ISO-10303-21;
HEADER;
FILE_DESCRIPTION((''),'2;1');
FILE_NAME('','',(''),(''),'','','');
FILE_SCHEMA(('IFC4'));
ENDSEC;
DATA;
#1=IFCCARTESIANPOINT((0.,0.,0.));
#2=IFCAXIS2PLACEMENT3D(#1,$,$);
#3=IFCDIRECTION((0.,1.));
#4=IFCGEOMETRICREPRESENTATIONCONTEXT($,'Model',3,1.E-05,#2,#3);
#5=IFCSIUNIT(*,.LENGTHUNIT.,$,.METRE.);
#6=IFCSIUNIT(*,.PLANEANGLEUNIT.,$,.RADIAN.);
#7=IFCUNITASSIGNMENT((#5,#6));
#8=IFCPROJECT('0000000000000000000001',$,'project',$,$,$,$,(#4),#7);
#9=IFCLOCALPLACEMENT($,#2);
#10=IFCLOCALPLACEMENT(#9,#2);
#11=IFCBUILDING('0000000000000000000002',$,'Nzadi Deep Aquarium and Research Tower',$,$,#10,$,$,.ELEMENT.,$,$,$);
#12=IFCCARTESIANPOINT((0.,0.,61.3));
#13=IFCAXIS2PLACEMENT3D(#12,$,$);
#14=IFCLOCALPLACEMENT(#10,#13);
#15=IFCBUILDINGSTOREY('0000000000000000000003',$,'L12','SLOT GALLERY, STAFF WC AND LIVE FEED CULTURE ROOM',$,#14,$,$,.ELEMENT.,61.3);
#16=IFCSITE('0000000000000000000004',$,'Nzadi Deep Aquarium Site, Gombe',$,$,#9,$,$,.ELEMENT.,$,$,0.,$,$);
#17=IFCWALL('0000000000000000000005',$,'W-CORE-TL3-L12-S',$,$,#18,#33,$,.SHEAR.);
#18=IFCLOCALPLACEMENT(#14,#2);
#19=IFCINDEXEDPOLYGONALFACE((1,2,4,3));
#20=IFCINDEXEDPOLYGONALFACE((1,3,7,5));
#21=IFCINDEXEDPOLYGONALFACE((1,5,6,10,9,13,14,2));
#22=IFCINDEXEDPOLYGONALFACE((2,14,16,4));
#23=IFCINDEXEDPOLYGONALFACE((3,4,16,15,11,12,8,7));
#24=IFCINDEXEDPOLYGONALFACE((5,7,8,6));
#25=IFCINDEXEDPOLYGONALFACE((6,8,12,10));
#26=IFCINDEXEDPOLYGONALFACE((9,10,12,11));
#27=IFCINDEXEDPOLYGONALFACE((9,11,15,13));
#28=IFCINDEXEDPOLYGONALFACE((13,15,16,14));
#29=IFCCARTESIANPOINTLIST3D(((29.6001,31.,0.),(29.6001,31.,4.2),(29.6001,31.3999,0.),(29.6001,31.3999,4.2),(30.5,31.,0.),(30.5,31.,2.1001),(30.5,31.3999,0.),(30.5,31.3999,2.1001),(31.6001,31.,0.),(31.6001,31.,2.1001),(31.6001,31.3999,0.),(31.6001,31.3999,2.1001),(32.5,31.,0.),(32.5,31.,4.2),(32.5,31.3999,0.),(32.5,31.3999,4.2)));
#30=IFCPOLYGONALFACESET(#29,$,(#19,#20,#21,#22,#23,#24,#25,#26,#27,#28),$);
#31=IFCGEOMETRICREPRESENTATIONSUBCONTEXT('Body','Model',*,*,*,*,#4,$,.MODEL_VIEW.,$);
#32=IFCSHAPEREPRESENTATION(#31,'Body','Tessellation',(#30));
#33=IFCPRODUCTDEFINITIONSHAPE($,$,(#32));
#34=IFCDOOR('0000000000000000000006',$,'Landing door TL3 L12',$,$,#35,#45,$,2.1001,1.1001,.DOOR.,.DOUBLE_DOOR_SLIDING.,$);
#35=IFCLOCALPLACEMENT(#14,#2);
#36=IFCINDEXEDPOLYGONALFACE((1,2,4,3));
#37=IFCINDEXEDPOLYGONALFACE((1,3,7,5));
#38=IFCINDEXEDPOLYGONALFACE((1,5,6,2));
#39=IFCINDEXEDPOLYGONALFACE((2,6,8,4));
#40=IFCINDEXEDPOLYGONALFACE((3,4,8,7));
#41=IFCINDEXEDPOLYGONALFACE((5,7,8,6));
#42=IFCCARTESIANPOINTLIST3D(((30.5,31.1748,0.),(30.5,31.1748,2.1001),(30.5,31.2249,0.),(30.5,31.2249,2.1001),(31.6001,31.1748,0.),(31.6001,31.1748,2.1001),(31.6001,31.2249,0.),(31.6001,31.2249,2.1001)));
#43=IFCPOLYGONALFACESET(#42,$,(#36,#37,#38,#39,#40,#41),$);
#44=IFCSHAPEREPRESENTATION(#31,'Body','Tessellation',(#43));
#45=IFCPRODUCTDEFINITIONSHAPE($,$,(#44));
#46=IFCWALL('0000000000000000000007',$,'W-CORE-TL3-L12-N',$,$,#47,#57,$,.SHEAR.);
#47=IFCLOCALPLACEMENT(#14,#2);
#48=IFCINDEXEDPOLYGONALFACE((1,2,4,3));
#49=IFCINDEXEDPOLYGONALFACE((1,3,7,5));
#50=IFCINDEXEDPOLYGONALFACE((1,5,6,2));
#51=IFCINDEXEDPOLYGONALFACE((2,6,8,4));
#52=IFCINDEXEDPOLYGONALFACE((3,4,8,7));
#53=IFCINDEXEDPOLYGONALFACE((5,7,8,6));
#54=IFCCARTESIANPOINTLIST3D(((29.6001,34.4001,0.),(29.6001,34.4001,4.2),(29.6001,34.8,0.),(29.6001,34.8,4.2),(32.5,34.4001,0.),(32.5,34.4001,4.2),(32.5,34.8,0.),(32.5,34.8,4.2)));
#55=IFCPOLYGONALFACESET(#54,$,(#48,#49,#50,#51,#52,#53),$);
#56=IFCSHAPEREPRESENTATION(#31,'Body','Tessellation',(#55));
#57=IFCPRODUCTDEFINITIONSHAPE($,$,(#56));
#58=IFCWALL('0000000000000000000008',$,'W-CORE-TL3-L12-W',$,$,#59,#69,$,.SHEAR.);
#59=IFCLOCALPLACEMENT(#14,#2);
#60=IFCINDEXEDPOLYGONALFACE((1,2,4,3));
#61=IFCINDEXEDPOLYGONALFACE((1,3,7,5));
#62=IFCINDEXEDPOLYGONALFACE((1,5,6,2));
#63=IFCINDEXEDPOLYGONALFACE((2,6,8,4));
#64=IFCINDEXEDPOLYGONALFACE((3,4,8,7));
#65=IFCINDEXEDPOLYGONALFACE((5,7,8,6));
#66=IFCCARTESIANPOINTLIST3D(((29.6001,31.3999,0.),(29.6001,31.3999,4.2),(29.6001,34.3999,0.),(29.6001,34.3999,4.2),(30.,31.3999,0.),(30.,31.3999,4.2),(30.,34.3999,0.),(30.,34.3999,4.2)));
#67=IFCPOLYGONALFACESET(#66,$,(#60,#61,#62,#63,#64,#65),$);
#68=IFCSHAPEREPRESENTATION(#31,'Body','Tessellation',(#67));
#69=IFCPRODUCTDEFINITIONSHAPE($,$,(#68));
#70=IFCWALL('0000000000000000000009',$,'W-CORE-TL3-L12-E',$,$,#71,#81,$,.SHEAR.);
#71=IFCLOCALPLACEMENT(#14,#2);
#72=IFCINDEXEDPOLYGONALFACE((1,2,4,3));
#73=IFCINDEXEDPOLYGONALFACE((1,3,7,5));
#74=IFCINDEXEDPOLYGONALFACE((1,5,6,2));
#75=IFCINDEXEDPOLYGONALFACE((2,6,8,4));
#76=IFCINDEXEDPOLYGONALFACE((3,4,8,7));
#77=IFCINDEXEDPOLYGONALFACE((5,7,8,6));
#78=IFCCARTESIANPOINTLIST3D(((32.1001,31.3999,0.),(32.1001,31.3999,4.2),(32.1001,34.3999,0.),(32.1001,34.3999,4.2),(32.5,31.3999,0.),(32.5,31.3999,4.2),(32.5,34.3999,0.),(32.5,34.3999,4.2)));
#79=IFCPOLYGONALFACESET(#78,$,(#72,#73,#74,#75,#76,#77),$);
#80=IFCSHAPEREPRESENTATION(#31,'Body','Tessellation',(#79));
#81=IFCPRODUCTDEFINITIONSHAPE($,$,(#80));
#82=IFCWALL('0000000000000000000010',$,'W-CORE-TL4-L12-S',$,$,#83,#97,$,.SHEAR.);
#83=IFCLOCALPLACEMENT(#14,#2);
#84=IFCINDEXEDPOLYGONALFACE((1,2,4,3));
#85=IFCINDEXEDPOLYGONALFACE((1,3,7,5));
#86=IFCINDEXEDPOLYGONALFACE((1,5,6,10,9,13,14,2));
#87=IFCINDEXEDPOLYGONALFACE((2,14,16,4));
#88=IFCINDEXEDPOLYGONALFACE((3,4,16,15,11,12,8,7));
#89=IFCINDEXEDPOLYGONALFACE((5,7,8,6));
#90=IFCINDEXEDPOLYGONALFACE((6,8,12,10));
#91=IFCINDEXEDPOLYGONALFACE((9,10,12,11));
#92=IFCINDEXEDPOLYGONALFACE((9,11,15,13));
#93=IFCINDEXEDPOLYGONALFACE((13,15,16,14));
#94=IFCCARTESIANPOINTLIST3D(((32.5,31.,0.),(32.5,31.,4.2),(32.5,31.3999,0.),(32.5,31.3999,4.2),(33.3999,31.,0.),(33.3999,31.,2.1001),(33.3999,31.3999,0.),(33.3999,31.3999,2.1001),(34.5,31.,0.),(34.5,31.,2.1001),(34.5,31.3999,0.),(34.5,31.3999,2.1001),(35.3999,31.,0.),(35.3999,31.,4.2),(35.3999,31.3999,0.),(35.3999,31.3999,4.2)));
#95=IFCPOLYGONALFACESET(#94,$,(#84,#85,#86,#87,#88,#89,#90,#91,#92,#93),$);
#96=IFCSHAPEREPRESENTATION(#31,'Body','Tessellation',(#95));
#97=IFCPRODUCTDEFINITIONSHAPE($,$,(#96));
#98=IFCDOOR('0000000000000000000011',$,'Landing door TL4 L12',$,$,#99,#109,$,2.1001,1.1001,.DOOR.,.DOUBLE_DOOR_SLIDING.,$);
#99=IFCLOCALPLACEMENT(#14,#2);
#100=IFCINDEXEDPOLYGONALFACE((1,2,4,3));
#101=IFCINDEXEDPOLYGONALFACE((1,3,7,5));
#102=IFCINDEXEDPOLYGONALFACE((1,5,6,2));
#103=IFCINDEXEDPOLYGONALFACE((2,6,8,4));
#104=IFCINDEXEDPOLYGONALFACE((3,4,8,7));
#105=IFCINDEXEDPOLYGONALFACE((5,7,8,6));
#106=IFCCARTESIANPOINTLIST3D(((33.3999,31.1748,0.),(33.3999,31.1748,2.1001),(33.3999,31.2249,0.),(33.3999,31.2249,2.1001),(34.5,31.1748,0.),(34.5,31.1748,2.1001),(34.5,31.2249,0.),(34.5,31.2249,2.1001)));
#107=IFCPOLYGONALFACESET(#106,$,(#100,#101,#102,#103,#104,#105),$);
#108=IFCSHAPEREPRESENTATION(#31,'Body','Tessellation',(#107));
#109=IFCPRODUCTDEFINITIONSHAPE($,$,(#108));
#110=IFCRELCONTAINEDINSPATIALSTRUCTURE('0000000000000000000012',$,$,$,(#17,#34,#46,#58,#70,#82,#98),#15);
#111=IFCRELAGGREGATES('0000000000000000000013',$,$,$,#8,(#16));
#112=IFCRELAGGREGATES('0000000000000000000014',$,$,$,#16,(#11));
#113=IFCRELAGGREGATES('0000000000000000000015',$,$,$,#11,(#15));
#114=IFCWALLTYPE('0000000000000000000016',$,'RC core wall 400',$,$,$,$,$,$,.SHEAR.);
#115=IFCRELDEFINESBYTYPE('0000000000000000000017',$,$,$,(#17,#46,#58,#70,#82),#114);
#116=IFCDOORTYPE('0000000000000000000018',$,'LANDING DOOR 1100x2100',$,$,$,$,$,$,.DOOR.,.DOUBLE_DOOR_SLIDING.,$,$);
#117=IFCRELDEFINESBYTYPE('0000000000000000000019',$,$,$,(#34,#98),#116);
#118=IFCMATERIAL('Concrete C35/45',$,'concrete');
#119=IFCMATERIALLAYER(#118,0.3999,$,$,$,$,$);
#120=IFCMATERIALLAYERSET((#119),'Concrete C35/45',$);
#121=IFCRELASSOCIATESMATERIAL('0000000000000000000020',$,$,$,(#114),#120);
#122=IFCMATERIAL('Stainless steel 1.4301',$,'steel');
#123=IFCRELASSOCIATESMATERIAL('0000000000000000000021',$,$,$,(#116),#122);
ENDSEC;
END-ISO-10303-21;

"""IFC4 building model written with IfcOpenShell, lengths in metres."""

from ifc_helpers import new_model, si_unit, direction, frame, frame_2d, origin, place, context, subcontext, project, spatial, rectangle, extrude, material, layer, layer_set, type_object, element, fill, save


model = new_model("IFC4")

# Units and contexts
model_context = context("Model", 3, precision=1e-05, world=origin(), true_north=direction((0.0, 1.0)))
body_context = subcontext(model_context, "Body", "Model", "MODEL_VIEW")
ifc_project = project(units=[si_unit("LENGTHUNIT", "METRE"), si_unit("PLANEANGLEUNIT", "RADIAN")], contexts=[model_context])

# Site, building, storey
site_placement = place(None, origin())
site = spatial("IfcSite", under=ifc_project, at=site_placement, Name="Nzadi Deep Aquarium Site, Gombe", CompositionType="ELEMENT", RefElevation=0.0)
building_placement = place(site_placement, origin())
building = spatial("IfcBuilding", under=site, at=building_placement, Name="Nzadi Deep Aquarium and Research Tower", CompositionType="ELEMENT")
storey_placement = place(building_placement, frame((0.0, 0.0, 61.3)))
storey = spatial("IfcBuildingStorey", under=building, at=storey_placement, Name="L12", Description="SLOT GALLERY, STAFF WC AND LIVE FEED CULTURE ROOM", CompositionType="ELEMENT", Elevation=61.3)

# Wall, opening, door
ifc_material_1 = material(Name="Concrete C35/45", Category="concrete")
ifc_layer_1 = layer(ifc_material_1, 0.3999)
ifc_layer_set_1 = layer_set([ifc_layer_1], Name="Concrete C35/45")
wall_type_1 = type_object("IfcWallType", Name="RC core wall 400", PredefinedType="SHEAR", material=ifc_layer_set_1)
wall_1_placement = place(storey_placement, frame((29.6001, 31.2, 0.0), z_axis=(0.0, 0.0, 1.0), x_axis=(1.0, 0.0, 0.0)))
wall_1 = element("IfcWall", 1, at=wall_1_placement, inside=storey, type_object=wall_type_1, Name="W-CORE-TL3-L12-S", PredefinedType="SHEAR", context=body_context, shape_type="SweptSolid", body=[
    extrude(rectangle(XDim=2.8999, YDim=0.3999, at=frame_2d((1.45, 0.0))), origin(), (0.0, 0.0, 1.0), 4.2),
])
opening_1_placement = place(wall_1_placement, frame((0.8999, 0.0, 0.0)))
opening_1 = element("IfcOpeningElement", 2, at=opening_1_placement, cuts=wall_1, PredefinedType="OPENING", context=body_context, shape_type="SweptSolid", body=[
    extrude(rectangle(XDim=1.1001, YDim=2.1001, at=frame_2d((0.55, 1.05))), frame((0.0, 0.21, 0.0), z_axis=(0.0, -1.0, 0.0), x_axis=(1.0, 0.0, 0.0)), (0.0, 0.0, 1.0), 0.4199),
])
ifc_material_2 = material(Name="Stainless steel 1.4301", Category="steel")
door_type_1 = type_object("IfcDoorType", Name="LANDING DOOR 1100x2100", OperationType="DOUBLE_DOOR_SLIDING", PredefinedType="DOOR", material=ifc_material_2)
door_1_placement = place(opening_1_placement, origin())
door_1 = element("IfcDoor", 3, at=door_1_placement, inside=storey, type_object=door_type_1, Name="Landing door TL3 L12", OperationType="DOUBLE_DOOR_SLIDING", OverallHeight=2.1001, OverallWidth=1.1001, PredefinedType="DOOR", context=body_context, shape_type="SweptSolid", body=[
    extrude(rectangle(XDim=1.1001, YDim=2.1001, at=frame_2d((0.55, 1.05))), frame((0.0, 0.0249, 0.0), z_axis=(0.0, -1.0, 0.0), x_axis=(1.0, 0.0, 0.0)), (0.0, 0.0, 1.0), 0.05),
])
fill(opening_1, door_1)

# Walls
wall_2_placement = place(storey_placement, frame((29.6001, 34.6001, 0.0), z_axis=(0.0, 0.0, 1.0), x_axis=(1.0, 0.0, 0.0)))
element("IfcWall", 4, at=wall_2_placement, inside=storey, type_object=wall_type_1, Name="W-CORE-TL3-L12-N", PredefinedType="SHEAR", context=body_context, shape_type="SweptSolid", body=[
    extrude(rectangle(XDim=2.8999, YDim=0.3999, at=frame_2d((1.45, 0.0))), origin(), (0.0, 0.0, 1.0), 4.2),
])
for number, where, z_axis, x_axis, name in (
    (5, (29.8, 31.3999, 0.0), (0.0, 0.0, 1.0), (0.0, 1.0, 0.0), "W-CORE-TL3-L12-W"),
    (6, (32.3, 31.3999, 0.0), (0.0, 0.0, 1.0), (0.0, 1.0, 0.0), "W-CORE-TL3-L12-E"),
):
    element("IfcWall", number, at=place(storey_placement, frame(where, z_axis=z_axis, x_axis=x_axis)), inside=storey, type_object=wall_type_1, Name=name, PredefinedType="SHEAR", context=body_context, shape_type="SweptSolid", body=[
        extrude(rectangle(XDim=3.0, YDim=0.3999, at=frame_2d((1.5, 0.0))), origin(), (0.0, 0.0, 1.0), 4.2),
    ])

# Wall, opening, door
wall_3_placement = place(storey_placement, frame((32.5, 31.2, 0.0), z_axis=(0.0, 0.0, 1.0), x_axis=(1.0, 0.0, 0.0)))
wall_3 = element("IfcWall", 7, at=wall_3_placement, inside=storey, type_object=wall_type_1, Name="W-CORE-TL4-L12-S", PredefinedType="SHEAR", context=body_context, shape_type="SweptSolid", body=[
    extrude(rectangle(XDim=2.8999, YDim=0.3999, at=frame_2d((1.45, 0.0))), origin(), (0.0, 0.0, 1.0), 4.2),
])
opening_2_placement = place(wall_3_placement, frame((0.8999, 0.0, 0.0)))
opening_2 = element("IfcOpeningElement", 8, at=opening_2_placement, cuts=wall_3, PredefinedType="OPENING", context=body_context, shape_type="SweptSolid", body=[
    extrude(rectangle(XDim=1.1001, YDim=2.1001, at=frame_2d((0.55, 1.05))), frame((0.0, 0.21, 0.0), z_axis=(0.0, -1.0, 0.0), x_axis=(1.0, 0.0, 0.0)), (0.0, 0.0, 1.0), 0.4199),
])
door_2_placement = place(opening_2_placement, origin())
door_2 = element("IfcDoor", 9, at=door_2_placement, inside=storey, type_object=door_type_1, Name="Landing door TL4 L12", OperationType="DOUBLE_DOOR_SLIDING", OverallHeight=2.1001, OverallWidth=1.1001, PredefinedType="DOOR", context=body_context, shape_type="SweptSolid", body=[
    extrude(rectangle(XDim=1.1001, YDim=2.1001, at=frame_2d((0.55, 1.05))), frame((0.0, 0.0249, 0.0), z_axis=(0.0, -1.0, 0.0), x_axis=(1.0, 0.0, 0.0)), (0.0, 0.0, 1.0), 0.05),
])
fill(opening_2, door_2)

save(model, "model.ifc")
